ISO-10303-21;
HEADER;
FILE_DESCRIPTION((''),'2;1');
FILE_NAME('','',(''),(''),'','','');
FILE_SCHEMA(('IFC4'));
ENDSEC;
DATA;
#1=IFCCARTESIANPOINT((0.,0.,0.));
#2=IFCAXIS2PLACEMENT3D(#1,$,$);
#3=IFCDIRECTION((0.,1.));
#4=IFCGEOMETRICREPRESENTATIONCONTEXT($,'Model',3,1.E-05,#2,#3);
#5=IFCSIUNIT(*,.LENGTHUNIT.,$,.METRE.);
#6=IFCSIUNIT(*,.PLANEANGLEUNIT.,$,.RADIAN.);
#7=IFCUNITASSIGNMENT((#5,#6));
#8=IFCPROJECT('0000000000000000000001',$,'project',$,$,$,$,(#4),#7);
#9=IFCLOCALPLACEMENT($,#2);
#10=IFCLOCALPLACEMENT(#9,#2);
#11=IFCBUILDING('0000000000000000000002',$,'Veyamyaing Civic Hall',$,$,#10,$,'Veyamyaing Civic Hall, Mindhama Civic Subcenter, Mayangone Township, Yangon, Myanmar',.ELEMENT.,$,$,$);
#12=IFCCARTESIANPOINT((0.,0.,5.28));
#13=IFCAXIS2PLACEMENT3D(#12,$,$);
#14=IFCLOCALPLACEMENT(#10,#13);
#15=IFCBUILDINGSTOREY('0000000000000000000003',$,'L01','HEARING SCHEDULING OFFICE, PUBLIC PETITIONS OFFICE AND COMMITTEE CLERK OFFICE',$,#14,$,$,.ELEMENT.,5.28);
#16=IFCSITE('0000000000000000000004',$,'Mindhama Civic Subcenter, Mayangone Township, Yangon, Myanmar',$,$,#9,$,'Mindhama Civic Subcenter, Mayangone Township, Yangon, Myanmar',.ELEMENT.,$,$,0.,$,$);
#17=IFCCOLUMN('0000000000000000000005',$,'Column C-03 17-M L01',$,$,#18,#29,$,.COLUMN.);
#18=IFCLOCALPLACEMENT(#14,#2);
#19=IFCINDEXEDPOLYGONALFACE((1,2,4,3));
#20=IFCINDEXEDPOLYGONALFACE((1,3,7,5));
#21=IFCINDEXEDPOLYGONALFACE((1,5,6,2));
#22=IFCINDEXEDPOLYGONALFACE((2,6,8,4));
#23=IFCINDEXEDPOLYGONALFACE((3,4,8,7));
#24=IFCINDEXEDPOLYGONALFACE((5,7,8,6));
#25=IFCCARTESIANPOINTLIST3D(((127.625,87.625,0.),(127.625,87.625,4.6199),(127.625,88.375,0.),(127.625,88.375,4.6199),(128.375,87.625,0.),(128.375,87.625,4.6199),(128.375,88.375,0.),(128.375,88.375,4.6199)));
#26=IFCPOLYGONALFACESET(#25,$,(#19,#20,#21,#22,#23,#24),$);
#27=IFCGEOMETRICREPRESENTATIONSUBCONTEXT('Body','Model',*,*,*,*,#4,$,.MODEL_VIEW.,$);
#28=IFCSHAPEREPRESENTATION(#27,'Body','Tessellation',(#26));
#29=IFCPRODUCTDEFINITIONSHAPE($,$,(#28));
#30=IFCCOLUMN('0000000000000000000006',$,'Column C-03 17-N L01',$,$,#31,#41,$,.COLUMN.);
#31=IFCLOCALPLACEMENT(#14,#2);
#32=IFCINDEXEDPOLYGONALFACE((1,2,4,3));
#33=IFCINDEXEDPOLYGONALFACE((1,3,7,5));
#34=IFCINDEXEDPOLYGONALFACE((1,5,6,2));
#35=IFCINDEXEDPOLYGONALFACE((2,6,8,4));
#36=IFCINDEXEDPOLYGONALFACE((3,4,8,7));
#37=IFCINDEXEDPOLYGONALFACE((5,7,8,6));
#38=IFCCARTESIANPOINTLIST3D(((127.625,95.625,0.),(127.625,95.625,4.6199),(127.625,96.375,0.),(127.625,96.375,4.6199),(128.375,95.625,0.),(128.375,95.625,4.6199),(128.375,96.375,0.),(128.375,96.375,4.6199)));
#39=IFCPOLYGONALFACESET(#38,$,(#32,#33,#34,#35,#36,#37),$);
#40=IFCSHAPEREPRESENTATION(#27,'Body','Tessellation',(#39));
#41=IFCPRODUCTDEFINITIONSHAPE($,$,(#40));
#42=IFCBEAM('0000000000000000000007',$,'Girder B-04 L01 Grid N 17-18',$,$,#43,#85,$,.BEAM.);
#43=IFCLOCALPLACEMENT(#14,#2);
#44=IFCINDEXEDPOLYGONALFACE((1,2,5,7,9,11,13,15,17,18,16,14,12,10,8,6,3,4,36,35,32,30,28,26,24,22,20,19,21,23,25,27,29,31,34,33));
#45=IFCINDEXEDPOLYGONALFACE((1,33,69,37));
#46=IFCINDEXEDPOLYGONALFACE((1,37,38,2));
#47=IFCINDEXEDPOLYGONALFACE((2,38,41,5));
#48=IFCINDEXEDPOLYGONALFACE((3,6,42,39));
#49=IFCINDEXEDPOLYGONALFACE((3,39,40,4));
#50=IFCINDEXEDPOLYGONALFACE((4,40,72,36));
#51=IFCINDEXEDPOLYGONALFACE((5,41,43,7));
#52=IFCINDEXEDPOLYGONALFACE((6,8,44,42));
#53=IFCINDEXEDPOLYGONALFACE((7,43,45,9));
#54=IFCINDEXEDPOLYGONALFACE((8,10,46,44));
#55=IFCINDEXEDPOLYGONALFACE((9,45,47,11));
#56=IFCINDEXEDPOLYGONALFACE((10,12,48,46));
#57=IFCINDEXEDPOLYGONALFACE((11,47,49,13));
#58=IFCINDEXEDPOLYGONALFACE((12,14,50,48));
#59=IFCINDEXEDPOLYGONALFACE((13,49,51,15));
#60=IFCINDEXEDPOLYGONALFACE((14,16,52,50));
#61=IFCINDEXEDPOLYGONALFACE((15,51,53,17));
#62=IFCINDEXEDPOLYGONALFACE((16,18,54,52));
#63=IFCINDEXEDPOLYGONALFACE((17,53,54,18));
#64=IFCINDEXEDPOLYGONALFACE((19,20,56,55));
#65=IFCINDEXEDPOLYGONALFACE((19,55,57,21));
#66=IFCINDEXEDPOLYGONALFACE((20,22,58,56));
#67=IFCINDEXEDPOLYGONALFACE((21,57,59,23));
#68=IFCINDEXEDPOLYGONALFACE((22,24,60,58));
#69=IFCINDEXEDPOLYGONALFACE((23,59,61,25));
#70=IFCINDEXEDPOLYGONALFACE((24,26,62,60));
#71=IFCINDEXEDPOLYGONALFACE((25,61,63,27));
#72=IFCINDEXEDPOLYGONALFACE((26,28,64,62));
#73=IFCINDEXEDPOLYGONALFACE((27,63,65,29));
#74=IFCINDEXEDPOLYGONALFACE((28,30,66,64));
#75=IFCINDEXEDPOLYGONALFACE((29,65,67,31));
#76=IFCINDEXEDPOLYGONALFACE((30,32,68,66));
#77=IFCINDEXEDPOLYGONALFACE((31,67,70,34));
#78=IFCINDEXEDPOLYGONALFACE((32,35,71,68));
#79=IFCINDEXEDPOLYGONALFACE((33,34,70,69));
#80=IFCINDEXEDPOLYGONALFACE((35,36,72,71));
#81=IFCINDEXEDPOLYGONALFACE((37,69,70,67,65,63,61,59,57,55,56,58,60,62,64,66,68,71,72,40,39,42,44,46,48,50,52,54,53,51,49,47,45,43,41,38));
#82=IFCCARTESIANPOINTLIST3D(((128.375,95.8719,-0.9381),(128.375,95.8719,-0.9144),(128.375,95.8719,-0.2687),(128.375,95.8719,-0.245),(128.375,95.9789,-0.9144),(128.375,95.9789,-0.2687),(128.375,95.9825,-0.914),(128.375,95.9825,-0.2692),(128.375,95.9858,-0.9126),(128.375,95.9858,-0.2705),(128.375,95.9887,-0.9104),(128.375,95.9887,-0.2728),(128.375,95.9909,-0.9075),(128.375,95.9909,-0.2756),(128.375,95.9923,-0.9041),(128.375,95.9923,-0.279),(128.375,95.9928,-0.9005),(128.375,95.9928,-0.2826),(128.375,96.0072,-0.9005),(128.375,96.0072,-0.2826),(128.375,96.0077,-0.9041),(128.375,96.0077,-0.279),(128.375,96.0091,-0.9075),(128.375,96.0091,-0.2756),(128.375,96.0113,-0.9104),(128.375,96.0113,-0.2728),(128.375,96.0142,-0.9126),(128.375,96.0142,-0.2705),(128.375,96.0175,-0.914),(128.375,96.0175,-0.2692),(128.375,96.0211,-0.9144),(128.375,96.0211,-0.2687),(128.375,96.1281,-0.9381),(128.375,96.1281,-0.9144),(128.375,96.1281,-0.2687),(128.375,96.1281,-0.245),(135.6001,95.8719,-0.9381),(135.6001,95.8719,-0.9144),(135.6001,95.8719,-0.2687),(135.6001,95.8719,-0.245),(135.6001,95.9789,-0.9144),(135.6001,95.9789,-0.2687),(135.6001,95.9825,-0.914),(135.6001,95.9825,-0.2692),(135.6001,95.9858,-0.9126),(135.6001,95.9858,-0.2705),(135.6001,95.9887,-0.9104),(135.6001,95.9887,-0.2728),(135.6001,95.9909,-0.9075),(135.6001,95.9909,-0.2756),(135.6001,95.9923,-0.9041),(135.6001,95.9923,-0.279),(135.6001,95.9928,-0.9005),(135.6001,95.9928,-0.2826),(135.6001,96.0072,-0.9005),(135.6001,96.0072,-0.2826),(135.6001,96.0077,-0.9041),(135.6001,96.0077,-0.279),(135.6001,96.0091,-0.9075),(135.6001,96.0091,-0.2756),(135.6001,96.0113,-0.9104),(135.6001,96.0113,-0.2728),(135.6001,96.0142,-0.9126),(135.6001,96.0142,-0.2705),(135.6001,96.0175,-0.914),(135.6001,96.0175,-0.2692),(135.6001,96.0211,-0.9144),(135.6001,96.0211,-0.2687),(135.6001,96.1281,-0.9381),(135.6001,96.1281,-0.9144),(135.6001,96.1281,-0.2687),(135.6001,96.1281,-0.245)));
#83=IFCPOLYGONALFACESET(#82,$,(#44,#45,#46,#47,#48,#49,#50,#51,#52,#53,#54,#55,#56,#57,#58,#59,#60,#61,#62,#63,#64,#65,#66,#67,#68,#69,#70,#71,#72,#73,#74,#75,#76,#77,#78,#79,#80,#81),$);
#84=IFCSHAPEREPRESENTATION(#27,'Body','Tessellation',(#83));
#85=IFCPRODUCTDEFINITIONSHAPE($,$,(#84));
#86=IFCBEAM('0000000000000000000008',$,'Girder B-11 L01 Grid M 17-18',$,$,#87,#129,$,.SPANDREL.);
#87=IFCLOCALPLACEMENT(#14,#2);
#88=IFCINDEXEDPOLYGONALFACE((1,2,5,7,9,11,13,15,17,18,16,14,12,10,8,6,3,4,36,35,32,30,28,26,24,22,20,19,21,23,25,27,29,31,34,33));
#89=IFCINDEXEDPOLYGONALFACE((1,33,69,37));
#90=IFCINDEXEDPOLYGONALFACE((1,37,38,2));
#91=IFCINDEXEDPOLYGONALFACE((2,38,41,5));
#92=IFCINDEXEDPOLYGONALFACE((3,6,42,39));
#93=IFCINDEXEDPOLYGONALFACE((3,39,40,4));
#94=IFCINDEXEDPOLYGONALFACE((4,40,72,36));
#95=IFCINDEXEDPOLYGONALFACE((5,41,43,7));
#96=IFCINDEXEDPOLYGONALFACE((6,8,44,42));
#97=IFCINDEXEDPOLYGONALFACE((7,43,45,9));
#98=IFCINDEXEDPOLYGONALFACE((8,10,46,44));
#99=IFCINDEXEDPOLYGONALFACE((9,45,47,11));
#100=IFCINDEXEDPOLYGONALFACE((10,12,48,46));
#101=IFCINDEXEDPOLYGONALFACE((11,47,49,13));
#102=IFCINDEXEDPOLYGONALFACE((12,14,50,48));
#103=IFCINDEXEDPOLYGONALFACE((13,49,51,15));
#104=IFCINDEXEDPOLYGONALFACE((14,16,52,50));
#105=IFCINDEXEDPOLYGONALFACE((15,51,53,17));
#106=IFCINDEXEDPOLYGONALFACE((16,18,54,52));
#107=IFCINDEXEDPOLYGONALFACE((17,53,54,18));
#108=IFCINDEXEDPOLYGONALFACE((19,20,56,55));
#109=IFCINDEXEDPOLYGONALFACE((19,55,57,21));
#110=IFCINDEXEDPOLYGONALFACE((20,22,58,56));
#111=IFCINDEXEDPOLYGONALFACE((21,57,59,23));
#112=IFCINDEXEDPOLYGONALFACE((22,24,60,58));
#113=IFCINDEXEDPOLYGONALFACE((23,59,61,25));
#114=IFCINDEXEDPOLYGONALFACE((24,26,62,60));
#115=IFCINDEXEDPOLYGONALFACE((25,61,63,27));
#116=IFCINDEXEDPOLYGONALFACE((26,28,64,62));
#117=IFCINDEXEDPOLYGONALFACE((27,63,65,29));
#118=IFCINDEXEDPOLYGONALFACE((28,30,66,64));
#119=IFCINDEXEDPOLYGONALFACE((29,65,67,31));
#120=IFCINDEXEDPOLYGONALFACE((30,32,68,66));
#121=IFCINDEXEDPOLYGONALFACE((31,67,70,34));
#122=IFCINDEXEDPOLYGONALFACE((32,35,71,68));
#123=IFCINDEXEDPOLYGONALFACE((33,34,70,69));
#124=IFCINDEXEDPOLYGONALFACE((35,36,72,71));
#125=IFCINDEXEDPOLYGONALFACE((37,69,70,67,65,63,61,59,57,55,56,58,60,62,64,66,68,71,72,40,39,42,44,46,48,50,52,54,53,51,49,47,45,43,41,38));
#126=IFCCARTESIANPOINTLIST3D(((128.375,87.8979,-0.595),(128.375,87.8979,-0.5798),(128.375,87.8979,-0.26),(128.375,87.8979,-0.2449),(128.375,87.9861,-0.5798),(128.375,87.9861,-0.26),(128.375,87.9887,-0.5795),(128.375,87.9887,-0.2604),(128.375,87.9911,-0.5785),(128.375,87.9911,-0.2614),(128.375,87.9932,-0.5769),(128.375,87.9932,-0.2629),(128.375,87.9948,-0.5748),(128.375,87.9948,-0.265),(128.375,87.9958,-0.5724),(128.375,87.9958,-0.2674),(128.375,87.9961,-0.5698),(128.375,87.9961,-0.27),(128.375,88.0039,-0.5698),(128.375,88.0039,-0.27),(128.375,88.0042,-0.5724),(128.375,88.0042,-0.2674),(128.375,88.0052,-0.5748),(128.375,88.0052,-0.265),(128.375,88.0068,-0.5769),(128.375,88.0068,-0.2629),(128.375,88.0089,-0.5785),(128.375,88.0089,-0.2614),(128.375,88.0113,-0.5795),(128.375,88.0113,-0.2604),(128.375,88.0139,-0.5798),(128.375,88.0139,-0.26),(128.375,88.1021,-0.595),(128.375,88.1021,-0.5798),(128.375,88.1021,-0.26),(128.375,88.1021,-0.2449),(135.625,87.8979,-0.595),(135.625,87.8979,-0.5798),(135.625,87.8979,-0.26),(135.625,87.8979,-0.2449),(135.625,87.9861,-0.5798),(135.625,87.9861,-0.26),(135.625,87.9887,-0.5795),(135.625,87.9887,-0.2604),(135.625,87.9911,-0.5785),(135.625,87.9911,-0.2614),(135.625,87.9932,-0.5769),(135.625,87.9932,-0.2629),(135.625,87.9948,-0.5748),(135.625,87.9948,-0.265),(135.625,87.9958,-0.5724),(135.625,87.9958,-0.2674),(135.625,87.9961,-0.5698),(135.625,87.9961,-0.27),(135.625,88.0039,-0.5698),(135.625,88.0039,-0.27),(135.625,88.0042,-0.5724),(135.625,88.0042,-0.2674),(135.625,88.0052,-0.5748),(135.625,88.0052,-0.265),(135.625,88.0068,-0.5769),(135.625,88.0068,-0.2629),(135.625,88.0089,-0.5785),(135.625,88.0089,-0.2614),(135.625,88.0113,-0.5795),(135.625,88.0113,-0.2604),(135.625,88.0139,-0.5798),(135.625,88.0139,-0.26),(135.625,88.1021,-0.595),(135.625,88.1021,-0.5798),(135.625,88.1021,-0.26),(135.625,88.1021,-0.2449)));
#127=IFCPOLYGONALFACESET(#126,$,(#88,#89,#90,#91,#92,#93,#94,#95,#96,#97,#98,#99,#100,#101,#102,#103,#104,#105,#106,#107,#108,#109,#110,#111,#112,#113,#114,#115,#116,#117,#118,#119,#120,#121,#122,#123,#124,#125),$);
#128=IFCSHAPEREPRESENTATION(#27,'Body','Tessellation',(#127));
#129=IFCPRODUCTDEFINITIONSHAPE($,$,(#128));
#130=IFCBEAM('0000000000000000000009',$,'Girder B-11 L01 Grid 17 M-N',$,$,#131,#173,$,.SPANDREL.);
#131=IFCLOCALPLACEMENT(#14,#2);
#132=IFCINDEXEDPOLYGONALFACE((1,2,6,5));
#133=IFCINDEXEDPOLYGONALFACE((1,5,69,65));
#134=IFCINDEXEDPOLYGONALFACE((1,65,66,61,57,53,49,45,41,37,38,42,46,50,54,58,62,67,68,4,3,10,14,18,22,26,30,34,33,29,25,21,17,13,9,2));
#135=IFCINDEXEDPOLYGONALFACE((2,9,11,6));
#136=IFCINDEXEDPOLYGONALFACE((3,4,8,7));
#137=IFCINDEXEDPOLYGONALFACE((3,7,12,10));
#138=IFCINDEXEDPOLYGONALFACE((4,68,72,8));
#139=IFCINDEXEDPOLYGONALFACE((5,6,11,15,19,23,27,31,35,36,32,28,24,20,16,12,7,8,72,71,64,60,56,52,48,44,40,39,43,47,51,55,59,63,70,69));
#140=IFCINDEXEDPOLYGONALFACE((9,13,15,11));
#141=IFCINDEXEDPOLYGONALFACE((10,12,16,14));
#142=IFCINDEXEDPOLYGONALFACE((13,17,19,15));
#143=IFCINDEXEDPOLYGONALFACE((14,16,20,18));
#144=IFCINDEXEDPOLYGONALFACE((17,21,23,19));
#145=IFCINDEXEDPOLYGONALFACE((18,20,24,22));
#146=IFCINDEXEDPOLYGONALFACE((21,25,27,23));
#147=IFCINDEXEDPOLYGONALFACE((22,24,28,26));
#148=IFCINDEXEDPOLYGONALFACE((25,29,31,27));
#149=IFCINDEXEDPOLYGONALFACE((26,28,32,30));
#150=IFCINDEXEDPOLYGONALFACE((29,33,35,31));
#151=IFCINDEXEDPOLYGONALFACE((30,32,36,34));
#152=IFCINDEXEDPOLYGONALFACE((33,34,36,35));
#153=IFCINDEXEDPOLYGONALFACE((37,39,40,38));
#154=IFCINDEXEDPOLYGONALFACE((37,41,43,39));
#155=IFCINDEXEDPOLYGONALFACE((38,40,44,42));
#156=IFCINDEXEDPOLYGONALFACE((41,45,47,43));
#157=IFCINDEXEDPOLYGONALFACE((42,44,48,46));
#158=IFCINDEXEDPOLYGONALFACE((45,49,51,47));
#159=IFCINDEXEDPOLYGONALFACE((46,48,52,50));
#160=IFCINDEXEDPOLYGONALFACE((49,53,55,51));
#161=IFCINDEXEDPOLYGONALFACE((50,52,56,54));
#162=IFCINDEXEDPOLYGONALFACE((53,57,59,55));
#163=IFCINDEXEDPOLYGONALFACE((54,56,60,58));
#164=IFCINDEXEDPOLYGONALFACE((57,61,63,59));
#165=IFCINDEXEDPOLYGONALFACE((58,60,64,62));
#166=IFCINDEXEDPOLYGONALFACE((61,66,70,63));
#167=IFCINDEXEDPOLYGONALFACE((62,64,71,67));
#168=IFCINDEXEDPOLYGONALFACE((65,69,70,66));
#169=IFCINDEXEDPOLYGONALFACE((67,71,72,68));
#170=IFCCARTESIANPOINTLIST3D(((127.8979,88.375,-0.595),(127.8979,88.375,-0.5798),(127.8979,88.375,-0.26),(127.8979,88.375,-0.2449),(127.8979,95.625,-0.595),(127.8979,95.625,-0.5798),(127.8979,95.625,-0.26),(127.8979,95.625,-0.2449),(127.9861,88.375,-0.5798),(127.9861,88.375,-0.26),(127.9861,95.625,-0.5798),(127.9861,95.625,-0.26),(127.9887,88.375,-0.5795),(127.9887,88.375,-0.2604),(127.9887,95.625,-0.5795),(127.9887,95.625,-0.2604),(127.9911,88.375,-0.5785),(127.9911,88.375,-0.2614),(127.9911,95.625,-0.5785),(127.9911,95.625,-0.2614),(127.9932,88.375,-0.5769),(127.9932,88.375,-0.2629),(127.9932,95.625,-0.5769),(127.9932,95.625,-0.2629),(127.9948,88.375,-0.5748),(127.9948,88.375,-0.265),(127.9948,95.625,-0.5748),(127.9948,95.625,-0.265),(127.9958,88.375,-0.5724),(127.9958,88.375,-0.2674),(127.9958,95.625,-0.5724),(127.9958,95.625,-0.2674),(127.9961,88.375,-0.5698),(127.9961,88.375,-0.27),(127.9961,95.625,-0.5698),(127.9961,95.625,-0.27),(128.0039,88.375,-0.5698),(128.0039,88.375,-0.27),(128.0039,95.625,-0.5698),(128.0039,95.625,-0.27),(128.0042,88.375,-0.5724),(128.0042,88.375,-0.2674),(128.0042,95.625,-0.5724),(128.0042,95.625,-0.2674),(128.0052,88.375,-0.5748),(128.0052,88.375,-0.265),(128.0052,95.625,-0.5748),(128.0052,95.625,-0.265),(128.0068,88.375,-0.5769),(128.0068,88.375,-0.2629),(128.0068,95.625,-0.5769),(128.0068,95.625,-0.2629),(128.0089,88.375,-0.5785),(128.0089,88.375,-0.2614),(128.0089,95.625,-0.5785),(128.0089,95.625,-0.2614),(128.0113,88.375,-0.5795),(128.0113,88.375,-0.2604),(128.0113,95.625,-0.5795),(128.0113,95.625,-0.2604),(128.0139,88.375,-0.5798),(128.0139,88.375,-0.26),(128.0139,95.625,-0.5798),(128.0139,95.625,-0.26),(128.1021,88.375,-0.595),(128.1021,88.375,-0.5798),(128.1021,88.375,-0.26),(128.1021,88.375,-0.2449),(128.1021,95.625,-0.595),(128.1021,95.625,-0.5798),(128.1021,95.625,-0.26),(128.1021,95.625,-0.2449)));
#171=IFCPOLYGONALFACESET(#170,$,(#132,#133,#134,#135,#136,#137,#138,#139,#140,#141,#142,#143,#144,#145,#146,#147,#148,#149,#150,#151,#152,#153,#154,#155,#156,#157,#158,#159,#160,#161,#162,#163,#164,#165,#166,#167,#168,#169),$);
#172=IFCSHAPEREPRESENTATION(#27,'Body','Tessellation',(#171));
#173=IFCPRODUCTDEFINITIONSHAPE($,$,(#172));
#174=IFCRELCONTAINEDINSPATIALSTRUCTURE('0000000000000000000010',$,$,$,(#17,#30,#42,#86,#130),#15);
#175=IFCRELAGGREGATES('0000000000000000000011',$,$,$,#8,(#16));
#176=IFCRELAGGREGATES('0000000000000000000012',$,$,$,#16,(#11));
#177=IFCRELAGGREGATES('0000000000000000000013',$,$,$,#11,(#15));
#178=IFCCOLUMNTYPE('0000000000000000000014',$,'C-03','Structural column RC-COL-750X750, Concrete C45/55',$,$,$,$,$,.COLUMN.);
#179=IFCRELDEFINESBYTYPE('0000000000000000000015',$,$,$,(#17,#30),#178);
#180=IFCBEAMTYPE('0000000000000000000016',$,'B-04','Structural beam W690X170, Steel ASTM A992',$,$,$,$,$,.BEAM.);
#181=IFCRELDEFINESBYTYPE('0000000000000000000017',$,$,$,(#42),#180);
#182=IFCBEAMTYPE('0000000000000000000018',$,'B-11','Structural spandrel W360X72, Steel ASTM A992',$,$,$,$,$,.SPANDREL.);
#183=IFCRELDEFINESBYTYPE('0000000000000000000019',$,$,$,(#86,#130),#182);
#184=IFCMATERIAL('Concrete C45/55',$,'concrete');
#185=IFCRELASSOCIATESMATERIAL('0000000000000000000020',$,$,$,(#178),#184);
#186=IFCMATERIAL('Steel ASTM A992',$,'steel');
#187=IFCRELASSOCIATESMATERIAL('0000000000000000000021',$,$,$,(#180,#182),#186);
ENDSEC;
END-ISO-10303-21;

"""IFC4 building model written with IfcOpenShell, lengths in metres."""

from ifc_helpers import new_model, si_unit, direction, frame, origin, origin_2d, place, context, subcontext, project, spatial, rectangle, i_section, extrude, material, material_profile, profile_set, type_object, element, save


model = new_model("IFC4")

# Units and contexts
model_context = context("Model", 3, precision=1e-05, world=origin(), true_north=direction((0.0, 1.0)))
body_context = subcontext(model_context, "Body", "Model", "MODEL_VIEW")
ifc_project = project(units=[si_unit("LENGTHUNIT", "METRE"), si_unit("PLANEANGLEUNIT", "RADIAN")], contexts=[model_context])

# Site, building, storey
site_placement = place(None, origin())
site = spatial("IfcSite", under=ifc_project, at=site_placement, Name="Mindhama Civic Subcenter, Mayangone Township, Yangon, Myanmar", LongName="Mindhama Civic Subcenter, Mayangone Township, Yangon, Myanmar", CompositionType="ELEMENT", RefElevation=0.0)
building_placement = place(site_placement, origin())
building = spatial("IfcBuilding", under=site, at=building_placement, Name="Veyamyaing Civic Hall", LongName="Veyamyaing Civic Hall, Mindhama Civic Subcenter, Mayangone Township, Yangon, Myanmar", CompositionType="ELEMENT")
storey_placement = place(building_placement, frame((0.0, 0.0, 5.28)))
storey = spatial("IfcBuildingStorey", under=building, at=storey_placement, Name="L01", Description="HEARING SCHEDULING OFFICE, PUBLIC PETITIONS OFFICE AND COMMITTEE CLERK OFFICE", CompositionType="ELEMENT", Elevation=5.28)

# Columns
ifc_material_1 = material(Name="Concrete C45/55", Category="concrete")
ifc_material_profile_1 = material_profile(ifc_material_1, rectangle(XDim=0.75, YDim=0.75, at=origin_2d()), Name="RC-COL-750X750")
ifc_profile_set_1 = profile_set([ifc_material_profile_1], Name="Concrete C45/55")
column_type = type_object("IfcColumnType", Name="C-03", Description="Structural column RC-COL-750X750, Concrete C45/55", PredefinedType="COLUMN", material=ifc_profile_set_1)
for number, where, z_axis, x_axis, name in (
    (1, (128.0, 88.0, 0.0), (0.0, 0.0, 1.0), (1.0, 0.0, 0.0), "Column C-03 17-M L01"),
    (2, (128.0, 96.0, 0.0), (0.0, 0.0, 1.0), (1.0, 0.0, 0.0), "Column C-03 17-N L01"),
):
    element("IfcColumn", number, at=place(storey_placement, frame(where, z_axis=z_axis, x_axis=x_axis)), inside=storey, type_object=column_type, Name=name, PredefinedType="COLUMN", context=body_context, shape_type="SweptSolid", body=[
        extrude(rectangle(XDim=0.75, YDim=0.75, at=origin_2d()), origin(), (0.0, 0.0, 1.0), 4.6199),
    ])

# Beams
ifc_material_2 = material(Name="Steel ASTM A992", Category="steel")
ifc_material_profile_2 = material_profile(ifc_material_2, i_section(OverallWidth=0.2561, OverallDepth=0.6931, WebThickness=0.0144, FlangeThickness=0.0237, FilletRadius=0.0139, at=origin_2d()), Name="W690X170")
ifc_profile_set_2 = profile_set([ifc_material_profile_2], Name="Steel ASTM A992")
beam_type_1 = type_object("IfcBeamType", Name="B-04", Description="Structural beam W690X170, Steel ASTM A992", PredefinedType="BEAM", material=ifc_profile_set_2)
beam_1_placement = place(storey_placement, frame((128.375, 96.0, -0.5916), z_axis=(1.0, 0.0, 0.0), x_axis=(0.0, 1.0, 0.0)))
element("IfcBeam", 3, at=beam_1_placement, inside=storey, type_object=beam_type_1, Name="Girder B-04 L01 Grid N 17-18", PredefinedType="BEAM", context=body_context, shape_type="SweptSolid", body=[
    extrude(i_section(OverallWidth=0.2561, OverallDepth=0.6931, WebThickness=0.0144, FlangeThickness=0.0237, FilletRadius=0.0139, at=origin_2d()), origin(), (0.0, 0.0, 1.0), 7.2251),
])
ifc_material_profile_3 = material_profile(ifc_material_2, i_section(OverallWidth=0.2041, OverallDepth=0.3501, WebThickness=0.0078, FlangeThickness=0.0151, FilletRadius=0.01, at=origin_2d()), Name="W360X72")
ifc_profile_set_3 = profile_set([ifc_material_profile_3], Name="Steel ASTM A992")
beam_type_2 = type_object("IfcBeamType", Name="B-11", Description="Structural spandrel W360X72, Steel ASTM A992", PredefinedType="SPANDREL", material=ifc_profile_set_3)
for number, where, z_axis, x_axis, name in (
    (4, (128.375, 88.0, -0.4199), (1.0, 0.0, 0.0), (0.0, 1.0, 0.0), "Girder B-11 L01 Grid M 17-18"),
    (5, (128.0, 88.375, -0.4199), (0.0, 1.0, 0.0), (-1.0, 0.0, 0.0), "Girder B-11 L01 Grid 17 M-N"),
):
    element("IfcBeam", number, at=place(storey_placement, frame(where, z_axis=z_axis, x_axis=x_axis)), inside=storey, type_object=beam_type_2, Name=name, PredefinedType="SPANDREL", context=body_context, shape_type="SweptSolid", body=[
        extrude(i_section(OverallWidth=0.2041, OverallDepth=0.3501, WebThickness=0.0078, FlangeThickness=0.0151, FilletRadius=0.01, at=origin_2d()), origin(), (0.0, 0.0, 1.0), 7.25),
    ])

save(model, "model.ifc")
